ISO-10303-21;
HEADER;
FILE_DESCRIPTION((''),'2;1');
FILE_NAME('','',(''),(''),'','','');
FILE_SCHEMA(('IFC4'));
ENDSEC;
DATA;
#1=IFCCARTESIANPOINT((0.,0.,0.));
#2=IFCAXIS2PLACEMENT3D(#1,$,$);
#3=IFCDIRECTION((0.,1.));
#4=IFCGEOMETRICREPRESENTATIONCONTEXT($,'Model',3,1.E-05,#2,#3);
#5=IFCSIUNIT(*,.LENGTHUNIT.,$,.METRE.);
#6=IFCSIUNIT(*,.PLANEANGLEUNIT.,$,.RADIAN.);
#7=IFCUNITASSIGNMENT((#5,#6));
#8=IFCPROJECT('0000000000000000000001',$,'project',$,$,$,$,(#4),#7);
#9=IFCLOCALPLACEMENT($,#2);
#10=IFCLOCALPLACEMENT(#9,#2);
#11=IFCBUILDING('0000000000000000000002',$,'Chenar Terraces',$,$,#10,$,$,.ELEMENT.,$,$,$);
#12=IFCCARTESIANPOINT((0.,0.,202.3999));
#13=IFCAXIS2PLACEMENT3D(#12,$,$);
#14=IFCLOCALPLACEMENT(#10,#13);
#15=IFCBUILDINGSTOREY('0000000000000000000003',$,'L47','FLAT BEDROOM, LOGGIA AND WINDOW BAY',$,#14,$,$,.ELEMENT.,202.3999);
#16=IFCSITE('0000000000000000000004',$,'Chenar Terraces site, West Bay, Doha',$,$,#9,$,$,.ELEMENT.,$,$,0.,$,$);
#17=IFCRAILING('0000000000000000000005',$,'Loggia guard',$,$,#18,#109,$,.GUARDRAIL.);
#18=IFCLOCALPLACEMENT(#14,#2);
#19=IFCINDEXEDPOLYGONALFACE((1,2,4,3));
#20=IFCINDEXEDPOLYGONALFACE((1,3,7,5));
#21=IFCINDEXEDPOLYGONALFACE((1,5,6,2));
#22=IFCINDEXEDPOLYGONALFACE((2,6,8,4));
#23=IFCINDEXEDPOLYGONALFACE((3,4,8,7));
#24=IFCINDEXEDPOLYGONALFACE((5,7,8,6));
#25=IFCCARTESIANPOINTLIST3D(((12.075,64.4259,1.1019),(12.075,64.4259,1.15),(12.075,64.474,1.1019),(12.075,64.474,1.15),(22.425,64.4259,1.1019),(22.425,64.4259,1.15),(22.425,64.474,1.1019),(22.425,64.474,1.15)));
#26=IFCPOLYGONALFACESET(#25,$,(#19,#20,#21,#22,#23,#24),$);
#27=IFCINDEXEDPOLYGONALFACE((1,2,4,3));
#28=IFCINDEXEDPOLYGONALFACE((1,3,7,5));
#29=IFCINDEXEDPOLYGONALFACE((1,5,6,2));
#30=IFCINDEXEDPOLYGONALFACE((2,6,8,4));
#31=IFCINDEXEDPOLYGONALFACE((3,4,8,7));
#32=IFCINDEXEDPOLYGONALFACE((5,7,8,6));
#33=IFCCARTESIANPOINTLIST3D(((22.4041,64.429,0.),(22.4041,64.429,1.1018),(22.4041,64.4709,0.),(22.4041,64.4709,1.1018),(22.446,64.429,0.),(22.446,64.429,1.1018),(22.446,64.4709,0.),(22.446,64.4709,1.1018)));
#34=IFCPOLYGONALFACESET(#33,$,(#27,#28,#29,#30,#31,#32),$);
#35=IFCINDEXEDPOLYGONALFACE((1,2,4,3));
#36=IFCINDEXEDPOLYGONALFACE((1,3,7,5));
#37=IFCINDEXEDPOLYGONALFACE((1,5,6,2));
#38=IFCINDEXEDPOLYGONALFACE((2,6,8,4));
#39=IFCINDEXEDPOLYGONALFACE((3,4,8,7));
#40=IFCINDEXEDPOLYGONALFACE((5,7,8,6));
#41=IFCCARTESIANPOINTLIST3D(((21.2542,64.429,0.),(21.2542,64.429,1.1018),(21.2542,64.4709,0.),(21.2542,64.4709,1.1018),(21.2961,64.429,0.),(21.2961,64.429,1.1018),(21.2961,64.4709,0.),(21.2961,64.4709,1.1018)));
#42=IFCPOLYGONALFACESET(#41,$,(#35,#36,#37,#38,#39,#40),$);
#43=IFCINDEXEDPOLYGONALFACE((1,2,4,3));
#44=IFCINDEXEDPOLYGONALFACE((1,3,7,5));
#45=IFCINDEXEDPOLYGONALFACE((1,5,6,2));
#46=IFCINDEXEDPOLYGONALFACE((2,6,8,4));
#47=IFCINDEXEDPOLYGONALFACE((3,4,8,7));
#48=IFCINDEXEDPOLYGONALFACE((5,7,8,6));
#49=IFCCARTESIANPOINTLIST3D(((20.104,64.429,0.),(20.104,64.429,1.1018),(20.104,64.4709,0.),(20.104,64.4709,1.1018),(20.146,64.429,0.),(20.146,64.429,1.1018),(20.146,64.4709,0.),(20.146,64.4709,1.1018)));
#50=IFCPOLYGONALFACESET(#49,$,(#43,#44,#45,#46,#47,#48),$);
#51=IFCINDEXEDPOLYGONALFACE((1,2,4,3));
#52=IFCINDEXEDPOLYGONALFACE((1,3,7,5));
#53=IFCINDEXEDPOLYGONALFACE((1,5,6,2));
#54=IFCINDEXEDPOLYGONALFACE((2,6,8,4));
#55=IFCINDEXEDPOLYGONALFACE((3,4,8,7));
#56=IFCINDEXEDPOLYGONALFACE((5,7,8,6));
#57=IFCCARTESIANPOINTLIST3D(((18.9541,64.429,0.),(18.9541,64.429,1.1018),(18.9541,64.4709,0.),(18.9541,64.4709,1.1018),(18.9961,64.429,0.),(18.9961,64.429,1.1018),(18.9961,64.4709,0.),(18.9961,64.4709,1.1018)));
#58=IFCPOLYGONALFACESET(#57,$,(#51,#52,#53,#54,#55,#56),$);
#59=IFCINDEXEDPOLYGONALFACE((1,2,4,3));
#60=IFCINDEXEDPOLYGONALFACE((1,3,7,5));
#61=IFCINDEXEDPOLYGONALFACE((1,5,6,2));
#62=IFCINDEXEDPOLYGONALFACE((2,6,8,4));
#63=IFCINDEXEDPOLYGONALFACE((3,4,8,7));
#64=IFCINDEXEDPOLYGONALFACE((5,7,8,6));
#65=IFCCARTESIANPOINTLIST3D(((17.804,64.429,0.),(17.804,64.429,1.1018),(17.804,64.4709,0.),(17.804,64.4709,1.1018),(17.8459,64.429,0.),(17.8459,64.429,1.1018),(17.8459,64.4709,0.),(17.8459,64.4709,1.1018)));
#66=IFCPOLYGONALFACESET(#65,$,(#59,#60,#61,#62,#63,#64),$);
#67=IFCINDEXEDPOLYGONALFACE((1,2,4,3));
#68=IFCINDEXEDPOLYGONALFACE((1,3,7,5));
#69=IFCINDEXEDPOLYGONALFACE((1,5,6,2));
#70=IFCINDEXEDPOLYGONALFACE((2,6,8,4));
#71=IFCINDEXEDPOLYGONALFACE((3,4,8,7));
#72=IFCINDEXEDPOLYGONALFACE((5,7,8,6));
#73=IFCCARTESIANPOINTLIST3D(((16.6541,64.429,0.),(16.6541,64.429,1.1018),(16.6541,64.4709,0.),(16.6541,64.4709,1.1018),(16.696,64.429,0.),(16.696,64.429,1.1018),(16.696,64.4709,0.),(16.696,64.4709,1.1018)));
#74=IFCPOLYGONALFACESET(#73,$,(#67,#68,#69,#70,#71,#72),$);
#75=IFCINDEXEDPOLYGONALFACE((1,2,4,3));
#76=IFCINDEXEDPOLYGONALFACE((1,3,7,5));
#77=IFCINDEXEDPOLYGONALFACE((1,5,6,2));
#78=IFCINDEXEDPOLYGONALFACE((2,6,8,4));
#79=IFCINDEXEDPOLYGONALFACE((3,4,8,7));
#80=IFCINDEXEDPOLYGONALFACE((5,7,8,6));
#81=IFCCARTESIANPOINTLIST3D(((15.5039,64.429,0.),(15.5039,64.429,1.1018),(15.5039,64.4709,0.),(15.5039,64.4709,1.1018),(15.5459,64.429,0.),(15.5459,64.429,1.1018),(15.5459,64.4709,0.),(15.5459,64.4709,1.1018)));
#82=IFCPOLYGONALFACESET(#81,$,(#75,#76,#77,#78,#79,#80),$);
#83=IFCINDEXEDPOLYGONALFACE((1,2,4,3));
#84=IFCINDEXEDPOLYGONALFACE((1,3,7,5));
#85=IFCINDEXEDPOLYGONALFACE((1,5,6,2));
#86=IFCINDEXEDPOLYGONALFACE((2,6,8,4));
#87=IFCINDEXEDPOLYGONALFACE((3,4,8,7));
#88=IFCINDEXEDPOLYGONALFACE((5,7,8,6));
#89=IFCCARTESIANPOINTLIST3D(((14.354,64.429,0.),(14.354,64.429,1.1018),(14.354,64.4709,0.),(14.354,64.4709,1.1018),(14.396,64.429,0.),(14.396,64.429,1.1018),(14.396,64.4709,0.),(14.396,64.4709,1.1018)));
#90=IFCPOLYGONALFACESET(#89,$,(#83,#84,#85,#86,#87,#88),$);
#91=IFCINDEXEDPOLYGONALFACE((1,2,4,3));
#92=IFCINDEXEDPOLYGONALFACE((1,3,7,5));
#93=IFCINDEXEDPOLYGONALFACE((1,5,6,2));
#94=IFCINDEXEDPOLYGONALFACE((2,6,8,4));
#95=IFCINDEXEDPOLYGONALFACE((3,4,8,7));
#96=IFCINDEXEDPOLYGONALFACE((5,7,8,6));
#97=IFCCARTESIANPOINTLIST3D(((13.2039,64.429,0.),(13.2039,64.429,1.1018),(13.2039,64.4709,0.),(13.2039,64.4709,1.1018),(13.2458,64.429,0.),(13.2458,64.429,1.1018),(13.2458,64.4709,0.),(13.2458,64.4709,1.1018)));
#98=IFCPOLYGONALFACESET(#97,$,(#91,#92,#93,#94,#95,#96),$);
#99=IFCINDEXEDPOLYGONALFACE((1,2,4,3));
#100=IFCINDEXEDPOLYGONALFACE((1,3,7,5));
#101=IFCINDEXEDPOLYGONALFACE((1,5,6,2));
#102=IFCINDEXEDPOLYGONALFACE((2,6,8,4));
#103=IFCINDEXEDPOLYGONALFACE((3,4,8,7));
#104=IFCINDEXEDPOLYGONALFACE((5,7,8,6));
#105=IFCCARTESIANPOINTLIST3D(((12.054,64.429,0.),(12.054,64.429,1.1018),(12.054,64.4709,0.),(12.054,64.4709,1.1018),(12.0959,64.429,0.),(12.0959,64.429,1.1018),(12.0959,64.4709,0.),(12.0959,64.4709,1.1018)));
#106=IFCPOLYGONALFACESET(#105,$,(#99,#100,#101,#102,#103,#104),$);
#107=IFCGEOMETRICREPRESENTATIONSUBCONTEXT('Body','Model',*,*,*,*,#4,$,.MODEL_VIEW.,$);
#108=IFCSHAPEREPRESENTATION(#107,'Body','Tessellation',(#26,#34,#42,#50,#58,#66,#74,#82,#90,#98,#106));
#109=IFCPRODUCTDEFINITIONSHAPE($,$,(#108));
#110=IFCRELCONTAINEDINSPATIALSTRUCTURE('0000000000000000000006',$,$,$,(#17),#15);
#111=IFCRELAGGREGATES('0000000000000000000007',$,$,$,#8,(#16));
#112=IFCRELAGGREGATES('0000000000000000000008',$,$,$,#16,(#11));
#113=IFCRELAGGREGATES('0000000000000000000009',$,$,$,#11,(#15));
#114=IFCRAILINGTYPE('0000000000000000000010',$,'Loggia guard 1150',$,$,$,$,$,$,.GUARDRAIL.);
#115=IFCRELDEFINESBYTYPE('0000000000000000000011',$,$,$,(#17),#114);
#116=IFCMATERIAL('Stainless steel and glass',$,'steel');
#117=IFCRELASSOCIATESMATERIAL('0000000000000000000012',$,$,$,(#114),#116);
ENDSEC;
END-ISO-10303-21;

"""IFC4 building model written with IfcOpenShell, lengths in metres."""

from ifc_helpers import new_model, si_unit, direction, frame, origin, origin_2d, place, context, subcontext, project, spatial, rectangle, extrude, material, type_object, element, save


model = new_model("IFC4")

# Units and contexts
model_context = context("Model", 3, precision=1e-05, world=origin(), true_north=direction((0.0, 1.0)))
body_context = subcontext(model_context, "Body", "Model", "MODEL_VIEW")
ifc_project = project(units=[si_unit("LENGTHUNIT", "METRE"), si_unit("PLANEANGLEUNIT", "RADIAN")], contexts=[model_context])

# Site, building, storey
site_placement = place(None, origin())
site = spatial("IfcSite", under=ifc_project, at=site_placement, Name="Chenar Terraces site, West Bay, Doha", CompositionType="ELEMENT", RefElevation=0.0)
building_placement = place(site_placement, origin())
building = spatial("IfcBuilding", under=site, at=building_placement, Name="Chenar Terraces", CompositionType="ELEMENT")
storey_placement = place(building_placement, frame((0.0, 0.0, 202.3999)))
storey = spatial("IfcBuildingStorey", under=building, at=storey_placement, Name="L47", Description="FLAT BEDROOM, LOGGIA AND WINDOW BAY", CompositionType="ELEMENT", Elevation=202.3999)

# Railing
ifc_material_1 = material(Name="Stainless steel and glass", Category="steel")
railing_type_1 = type_object("IfcRailingType", Name="Loggia guard 1150", PredefinedType="GUARDRAIL", material=ifc_material_1)
railing_1_placement = place(storey_placement, frame((22.425, 64.45, 0.0)))
element("IfcRailing", 1, at=railing_1_placement, inside=storey, type_object=railing_type_1, Name="Loggia guard", PredefinedType="GUARDRAIL", context=body_context, shape_type="SweptSolid", body=[
    extrude(rectangle(XDim=0.0481, YDim=0.0481, at=origin_2d()), frame((0.0, 0.0, 1.126), z_axis=(-1.0, 0.0, 0.0), x_axis=(0.0, -1.0, 0.0)), (0.0, 0.0, 1.0), 10.3501),
    extrude(rectangle(XDim=0.042, YDim=0.042, at=origin_2d()), origin(), (0.0, 0.0, 1.0), 1.1018),
    extrude(rectangle(XDim=0.042, YDim=0.042, at=origin_2d()), frame((-1.1499, 0.0, 0.0)), (0.0, 0.0, 1.0), 1.1018),
    extrude(rectangle(XDim=0.042, YDim=0.042, at=origin_2d()), frame((-2.3, 0.0, 0.0)), (0.0, 0.0, 1.0), 1.1018),
    extrude(rectangle(XDim=0.042, YDim=0.042, at=origin_2d()), frame((-3.45, 0.0, 0.0)), (0.0, 0.0, 1.0), 1.1018),
    extrude(rectangle(XDim=0.042, YDim=0.042, at=origin_2d()), frame((-4.6001, 0.0, 0.0)), (0.0, 0.0, 1.0), 1.1018),
    extrude(rectangle(XDim=0.042, YDim=0.042, at=origin_2d()), frame((-5.75, 0.0, 0.0)), (0.0, 0.0, 1.0), 1.1018),
    extrude(rectangle(XDim=0.042, YDim=0.042, at=origin_2d()), frame((-6.9001, 0.0, 0.0)), (0.0, 0.0, 1.0), 1.1018),
    extrude(rectangle(XDim=0.042, YDim=0.042, at=origin_2d()), frame((-8.05, 0.0, 0.0)), (0.0, 0.0, 1.0), 1.1018),
    extrude(rectangle(XDim=0.042, YDim=0.042, at=origin_2d()), frame((-9.2002, 0.0, 0.0)), (0.0, 0.0, 1.0), 1.1018),
    extrude(rectangle(XDim=0.042, YDim=0.042, at=origin_2d()), frame((-10.3501, 0.0, 0.0)), (0.0, 0.0, 1.0), 1.1018),
])

save(model, "model.ifc")
